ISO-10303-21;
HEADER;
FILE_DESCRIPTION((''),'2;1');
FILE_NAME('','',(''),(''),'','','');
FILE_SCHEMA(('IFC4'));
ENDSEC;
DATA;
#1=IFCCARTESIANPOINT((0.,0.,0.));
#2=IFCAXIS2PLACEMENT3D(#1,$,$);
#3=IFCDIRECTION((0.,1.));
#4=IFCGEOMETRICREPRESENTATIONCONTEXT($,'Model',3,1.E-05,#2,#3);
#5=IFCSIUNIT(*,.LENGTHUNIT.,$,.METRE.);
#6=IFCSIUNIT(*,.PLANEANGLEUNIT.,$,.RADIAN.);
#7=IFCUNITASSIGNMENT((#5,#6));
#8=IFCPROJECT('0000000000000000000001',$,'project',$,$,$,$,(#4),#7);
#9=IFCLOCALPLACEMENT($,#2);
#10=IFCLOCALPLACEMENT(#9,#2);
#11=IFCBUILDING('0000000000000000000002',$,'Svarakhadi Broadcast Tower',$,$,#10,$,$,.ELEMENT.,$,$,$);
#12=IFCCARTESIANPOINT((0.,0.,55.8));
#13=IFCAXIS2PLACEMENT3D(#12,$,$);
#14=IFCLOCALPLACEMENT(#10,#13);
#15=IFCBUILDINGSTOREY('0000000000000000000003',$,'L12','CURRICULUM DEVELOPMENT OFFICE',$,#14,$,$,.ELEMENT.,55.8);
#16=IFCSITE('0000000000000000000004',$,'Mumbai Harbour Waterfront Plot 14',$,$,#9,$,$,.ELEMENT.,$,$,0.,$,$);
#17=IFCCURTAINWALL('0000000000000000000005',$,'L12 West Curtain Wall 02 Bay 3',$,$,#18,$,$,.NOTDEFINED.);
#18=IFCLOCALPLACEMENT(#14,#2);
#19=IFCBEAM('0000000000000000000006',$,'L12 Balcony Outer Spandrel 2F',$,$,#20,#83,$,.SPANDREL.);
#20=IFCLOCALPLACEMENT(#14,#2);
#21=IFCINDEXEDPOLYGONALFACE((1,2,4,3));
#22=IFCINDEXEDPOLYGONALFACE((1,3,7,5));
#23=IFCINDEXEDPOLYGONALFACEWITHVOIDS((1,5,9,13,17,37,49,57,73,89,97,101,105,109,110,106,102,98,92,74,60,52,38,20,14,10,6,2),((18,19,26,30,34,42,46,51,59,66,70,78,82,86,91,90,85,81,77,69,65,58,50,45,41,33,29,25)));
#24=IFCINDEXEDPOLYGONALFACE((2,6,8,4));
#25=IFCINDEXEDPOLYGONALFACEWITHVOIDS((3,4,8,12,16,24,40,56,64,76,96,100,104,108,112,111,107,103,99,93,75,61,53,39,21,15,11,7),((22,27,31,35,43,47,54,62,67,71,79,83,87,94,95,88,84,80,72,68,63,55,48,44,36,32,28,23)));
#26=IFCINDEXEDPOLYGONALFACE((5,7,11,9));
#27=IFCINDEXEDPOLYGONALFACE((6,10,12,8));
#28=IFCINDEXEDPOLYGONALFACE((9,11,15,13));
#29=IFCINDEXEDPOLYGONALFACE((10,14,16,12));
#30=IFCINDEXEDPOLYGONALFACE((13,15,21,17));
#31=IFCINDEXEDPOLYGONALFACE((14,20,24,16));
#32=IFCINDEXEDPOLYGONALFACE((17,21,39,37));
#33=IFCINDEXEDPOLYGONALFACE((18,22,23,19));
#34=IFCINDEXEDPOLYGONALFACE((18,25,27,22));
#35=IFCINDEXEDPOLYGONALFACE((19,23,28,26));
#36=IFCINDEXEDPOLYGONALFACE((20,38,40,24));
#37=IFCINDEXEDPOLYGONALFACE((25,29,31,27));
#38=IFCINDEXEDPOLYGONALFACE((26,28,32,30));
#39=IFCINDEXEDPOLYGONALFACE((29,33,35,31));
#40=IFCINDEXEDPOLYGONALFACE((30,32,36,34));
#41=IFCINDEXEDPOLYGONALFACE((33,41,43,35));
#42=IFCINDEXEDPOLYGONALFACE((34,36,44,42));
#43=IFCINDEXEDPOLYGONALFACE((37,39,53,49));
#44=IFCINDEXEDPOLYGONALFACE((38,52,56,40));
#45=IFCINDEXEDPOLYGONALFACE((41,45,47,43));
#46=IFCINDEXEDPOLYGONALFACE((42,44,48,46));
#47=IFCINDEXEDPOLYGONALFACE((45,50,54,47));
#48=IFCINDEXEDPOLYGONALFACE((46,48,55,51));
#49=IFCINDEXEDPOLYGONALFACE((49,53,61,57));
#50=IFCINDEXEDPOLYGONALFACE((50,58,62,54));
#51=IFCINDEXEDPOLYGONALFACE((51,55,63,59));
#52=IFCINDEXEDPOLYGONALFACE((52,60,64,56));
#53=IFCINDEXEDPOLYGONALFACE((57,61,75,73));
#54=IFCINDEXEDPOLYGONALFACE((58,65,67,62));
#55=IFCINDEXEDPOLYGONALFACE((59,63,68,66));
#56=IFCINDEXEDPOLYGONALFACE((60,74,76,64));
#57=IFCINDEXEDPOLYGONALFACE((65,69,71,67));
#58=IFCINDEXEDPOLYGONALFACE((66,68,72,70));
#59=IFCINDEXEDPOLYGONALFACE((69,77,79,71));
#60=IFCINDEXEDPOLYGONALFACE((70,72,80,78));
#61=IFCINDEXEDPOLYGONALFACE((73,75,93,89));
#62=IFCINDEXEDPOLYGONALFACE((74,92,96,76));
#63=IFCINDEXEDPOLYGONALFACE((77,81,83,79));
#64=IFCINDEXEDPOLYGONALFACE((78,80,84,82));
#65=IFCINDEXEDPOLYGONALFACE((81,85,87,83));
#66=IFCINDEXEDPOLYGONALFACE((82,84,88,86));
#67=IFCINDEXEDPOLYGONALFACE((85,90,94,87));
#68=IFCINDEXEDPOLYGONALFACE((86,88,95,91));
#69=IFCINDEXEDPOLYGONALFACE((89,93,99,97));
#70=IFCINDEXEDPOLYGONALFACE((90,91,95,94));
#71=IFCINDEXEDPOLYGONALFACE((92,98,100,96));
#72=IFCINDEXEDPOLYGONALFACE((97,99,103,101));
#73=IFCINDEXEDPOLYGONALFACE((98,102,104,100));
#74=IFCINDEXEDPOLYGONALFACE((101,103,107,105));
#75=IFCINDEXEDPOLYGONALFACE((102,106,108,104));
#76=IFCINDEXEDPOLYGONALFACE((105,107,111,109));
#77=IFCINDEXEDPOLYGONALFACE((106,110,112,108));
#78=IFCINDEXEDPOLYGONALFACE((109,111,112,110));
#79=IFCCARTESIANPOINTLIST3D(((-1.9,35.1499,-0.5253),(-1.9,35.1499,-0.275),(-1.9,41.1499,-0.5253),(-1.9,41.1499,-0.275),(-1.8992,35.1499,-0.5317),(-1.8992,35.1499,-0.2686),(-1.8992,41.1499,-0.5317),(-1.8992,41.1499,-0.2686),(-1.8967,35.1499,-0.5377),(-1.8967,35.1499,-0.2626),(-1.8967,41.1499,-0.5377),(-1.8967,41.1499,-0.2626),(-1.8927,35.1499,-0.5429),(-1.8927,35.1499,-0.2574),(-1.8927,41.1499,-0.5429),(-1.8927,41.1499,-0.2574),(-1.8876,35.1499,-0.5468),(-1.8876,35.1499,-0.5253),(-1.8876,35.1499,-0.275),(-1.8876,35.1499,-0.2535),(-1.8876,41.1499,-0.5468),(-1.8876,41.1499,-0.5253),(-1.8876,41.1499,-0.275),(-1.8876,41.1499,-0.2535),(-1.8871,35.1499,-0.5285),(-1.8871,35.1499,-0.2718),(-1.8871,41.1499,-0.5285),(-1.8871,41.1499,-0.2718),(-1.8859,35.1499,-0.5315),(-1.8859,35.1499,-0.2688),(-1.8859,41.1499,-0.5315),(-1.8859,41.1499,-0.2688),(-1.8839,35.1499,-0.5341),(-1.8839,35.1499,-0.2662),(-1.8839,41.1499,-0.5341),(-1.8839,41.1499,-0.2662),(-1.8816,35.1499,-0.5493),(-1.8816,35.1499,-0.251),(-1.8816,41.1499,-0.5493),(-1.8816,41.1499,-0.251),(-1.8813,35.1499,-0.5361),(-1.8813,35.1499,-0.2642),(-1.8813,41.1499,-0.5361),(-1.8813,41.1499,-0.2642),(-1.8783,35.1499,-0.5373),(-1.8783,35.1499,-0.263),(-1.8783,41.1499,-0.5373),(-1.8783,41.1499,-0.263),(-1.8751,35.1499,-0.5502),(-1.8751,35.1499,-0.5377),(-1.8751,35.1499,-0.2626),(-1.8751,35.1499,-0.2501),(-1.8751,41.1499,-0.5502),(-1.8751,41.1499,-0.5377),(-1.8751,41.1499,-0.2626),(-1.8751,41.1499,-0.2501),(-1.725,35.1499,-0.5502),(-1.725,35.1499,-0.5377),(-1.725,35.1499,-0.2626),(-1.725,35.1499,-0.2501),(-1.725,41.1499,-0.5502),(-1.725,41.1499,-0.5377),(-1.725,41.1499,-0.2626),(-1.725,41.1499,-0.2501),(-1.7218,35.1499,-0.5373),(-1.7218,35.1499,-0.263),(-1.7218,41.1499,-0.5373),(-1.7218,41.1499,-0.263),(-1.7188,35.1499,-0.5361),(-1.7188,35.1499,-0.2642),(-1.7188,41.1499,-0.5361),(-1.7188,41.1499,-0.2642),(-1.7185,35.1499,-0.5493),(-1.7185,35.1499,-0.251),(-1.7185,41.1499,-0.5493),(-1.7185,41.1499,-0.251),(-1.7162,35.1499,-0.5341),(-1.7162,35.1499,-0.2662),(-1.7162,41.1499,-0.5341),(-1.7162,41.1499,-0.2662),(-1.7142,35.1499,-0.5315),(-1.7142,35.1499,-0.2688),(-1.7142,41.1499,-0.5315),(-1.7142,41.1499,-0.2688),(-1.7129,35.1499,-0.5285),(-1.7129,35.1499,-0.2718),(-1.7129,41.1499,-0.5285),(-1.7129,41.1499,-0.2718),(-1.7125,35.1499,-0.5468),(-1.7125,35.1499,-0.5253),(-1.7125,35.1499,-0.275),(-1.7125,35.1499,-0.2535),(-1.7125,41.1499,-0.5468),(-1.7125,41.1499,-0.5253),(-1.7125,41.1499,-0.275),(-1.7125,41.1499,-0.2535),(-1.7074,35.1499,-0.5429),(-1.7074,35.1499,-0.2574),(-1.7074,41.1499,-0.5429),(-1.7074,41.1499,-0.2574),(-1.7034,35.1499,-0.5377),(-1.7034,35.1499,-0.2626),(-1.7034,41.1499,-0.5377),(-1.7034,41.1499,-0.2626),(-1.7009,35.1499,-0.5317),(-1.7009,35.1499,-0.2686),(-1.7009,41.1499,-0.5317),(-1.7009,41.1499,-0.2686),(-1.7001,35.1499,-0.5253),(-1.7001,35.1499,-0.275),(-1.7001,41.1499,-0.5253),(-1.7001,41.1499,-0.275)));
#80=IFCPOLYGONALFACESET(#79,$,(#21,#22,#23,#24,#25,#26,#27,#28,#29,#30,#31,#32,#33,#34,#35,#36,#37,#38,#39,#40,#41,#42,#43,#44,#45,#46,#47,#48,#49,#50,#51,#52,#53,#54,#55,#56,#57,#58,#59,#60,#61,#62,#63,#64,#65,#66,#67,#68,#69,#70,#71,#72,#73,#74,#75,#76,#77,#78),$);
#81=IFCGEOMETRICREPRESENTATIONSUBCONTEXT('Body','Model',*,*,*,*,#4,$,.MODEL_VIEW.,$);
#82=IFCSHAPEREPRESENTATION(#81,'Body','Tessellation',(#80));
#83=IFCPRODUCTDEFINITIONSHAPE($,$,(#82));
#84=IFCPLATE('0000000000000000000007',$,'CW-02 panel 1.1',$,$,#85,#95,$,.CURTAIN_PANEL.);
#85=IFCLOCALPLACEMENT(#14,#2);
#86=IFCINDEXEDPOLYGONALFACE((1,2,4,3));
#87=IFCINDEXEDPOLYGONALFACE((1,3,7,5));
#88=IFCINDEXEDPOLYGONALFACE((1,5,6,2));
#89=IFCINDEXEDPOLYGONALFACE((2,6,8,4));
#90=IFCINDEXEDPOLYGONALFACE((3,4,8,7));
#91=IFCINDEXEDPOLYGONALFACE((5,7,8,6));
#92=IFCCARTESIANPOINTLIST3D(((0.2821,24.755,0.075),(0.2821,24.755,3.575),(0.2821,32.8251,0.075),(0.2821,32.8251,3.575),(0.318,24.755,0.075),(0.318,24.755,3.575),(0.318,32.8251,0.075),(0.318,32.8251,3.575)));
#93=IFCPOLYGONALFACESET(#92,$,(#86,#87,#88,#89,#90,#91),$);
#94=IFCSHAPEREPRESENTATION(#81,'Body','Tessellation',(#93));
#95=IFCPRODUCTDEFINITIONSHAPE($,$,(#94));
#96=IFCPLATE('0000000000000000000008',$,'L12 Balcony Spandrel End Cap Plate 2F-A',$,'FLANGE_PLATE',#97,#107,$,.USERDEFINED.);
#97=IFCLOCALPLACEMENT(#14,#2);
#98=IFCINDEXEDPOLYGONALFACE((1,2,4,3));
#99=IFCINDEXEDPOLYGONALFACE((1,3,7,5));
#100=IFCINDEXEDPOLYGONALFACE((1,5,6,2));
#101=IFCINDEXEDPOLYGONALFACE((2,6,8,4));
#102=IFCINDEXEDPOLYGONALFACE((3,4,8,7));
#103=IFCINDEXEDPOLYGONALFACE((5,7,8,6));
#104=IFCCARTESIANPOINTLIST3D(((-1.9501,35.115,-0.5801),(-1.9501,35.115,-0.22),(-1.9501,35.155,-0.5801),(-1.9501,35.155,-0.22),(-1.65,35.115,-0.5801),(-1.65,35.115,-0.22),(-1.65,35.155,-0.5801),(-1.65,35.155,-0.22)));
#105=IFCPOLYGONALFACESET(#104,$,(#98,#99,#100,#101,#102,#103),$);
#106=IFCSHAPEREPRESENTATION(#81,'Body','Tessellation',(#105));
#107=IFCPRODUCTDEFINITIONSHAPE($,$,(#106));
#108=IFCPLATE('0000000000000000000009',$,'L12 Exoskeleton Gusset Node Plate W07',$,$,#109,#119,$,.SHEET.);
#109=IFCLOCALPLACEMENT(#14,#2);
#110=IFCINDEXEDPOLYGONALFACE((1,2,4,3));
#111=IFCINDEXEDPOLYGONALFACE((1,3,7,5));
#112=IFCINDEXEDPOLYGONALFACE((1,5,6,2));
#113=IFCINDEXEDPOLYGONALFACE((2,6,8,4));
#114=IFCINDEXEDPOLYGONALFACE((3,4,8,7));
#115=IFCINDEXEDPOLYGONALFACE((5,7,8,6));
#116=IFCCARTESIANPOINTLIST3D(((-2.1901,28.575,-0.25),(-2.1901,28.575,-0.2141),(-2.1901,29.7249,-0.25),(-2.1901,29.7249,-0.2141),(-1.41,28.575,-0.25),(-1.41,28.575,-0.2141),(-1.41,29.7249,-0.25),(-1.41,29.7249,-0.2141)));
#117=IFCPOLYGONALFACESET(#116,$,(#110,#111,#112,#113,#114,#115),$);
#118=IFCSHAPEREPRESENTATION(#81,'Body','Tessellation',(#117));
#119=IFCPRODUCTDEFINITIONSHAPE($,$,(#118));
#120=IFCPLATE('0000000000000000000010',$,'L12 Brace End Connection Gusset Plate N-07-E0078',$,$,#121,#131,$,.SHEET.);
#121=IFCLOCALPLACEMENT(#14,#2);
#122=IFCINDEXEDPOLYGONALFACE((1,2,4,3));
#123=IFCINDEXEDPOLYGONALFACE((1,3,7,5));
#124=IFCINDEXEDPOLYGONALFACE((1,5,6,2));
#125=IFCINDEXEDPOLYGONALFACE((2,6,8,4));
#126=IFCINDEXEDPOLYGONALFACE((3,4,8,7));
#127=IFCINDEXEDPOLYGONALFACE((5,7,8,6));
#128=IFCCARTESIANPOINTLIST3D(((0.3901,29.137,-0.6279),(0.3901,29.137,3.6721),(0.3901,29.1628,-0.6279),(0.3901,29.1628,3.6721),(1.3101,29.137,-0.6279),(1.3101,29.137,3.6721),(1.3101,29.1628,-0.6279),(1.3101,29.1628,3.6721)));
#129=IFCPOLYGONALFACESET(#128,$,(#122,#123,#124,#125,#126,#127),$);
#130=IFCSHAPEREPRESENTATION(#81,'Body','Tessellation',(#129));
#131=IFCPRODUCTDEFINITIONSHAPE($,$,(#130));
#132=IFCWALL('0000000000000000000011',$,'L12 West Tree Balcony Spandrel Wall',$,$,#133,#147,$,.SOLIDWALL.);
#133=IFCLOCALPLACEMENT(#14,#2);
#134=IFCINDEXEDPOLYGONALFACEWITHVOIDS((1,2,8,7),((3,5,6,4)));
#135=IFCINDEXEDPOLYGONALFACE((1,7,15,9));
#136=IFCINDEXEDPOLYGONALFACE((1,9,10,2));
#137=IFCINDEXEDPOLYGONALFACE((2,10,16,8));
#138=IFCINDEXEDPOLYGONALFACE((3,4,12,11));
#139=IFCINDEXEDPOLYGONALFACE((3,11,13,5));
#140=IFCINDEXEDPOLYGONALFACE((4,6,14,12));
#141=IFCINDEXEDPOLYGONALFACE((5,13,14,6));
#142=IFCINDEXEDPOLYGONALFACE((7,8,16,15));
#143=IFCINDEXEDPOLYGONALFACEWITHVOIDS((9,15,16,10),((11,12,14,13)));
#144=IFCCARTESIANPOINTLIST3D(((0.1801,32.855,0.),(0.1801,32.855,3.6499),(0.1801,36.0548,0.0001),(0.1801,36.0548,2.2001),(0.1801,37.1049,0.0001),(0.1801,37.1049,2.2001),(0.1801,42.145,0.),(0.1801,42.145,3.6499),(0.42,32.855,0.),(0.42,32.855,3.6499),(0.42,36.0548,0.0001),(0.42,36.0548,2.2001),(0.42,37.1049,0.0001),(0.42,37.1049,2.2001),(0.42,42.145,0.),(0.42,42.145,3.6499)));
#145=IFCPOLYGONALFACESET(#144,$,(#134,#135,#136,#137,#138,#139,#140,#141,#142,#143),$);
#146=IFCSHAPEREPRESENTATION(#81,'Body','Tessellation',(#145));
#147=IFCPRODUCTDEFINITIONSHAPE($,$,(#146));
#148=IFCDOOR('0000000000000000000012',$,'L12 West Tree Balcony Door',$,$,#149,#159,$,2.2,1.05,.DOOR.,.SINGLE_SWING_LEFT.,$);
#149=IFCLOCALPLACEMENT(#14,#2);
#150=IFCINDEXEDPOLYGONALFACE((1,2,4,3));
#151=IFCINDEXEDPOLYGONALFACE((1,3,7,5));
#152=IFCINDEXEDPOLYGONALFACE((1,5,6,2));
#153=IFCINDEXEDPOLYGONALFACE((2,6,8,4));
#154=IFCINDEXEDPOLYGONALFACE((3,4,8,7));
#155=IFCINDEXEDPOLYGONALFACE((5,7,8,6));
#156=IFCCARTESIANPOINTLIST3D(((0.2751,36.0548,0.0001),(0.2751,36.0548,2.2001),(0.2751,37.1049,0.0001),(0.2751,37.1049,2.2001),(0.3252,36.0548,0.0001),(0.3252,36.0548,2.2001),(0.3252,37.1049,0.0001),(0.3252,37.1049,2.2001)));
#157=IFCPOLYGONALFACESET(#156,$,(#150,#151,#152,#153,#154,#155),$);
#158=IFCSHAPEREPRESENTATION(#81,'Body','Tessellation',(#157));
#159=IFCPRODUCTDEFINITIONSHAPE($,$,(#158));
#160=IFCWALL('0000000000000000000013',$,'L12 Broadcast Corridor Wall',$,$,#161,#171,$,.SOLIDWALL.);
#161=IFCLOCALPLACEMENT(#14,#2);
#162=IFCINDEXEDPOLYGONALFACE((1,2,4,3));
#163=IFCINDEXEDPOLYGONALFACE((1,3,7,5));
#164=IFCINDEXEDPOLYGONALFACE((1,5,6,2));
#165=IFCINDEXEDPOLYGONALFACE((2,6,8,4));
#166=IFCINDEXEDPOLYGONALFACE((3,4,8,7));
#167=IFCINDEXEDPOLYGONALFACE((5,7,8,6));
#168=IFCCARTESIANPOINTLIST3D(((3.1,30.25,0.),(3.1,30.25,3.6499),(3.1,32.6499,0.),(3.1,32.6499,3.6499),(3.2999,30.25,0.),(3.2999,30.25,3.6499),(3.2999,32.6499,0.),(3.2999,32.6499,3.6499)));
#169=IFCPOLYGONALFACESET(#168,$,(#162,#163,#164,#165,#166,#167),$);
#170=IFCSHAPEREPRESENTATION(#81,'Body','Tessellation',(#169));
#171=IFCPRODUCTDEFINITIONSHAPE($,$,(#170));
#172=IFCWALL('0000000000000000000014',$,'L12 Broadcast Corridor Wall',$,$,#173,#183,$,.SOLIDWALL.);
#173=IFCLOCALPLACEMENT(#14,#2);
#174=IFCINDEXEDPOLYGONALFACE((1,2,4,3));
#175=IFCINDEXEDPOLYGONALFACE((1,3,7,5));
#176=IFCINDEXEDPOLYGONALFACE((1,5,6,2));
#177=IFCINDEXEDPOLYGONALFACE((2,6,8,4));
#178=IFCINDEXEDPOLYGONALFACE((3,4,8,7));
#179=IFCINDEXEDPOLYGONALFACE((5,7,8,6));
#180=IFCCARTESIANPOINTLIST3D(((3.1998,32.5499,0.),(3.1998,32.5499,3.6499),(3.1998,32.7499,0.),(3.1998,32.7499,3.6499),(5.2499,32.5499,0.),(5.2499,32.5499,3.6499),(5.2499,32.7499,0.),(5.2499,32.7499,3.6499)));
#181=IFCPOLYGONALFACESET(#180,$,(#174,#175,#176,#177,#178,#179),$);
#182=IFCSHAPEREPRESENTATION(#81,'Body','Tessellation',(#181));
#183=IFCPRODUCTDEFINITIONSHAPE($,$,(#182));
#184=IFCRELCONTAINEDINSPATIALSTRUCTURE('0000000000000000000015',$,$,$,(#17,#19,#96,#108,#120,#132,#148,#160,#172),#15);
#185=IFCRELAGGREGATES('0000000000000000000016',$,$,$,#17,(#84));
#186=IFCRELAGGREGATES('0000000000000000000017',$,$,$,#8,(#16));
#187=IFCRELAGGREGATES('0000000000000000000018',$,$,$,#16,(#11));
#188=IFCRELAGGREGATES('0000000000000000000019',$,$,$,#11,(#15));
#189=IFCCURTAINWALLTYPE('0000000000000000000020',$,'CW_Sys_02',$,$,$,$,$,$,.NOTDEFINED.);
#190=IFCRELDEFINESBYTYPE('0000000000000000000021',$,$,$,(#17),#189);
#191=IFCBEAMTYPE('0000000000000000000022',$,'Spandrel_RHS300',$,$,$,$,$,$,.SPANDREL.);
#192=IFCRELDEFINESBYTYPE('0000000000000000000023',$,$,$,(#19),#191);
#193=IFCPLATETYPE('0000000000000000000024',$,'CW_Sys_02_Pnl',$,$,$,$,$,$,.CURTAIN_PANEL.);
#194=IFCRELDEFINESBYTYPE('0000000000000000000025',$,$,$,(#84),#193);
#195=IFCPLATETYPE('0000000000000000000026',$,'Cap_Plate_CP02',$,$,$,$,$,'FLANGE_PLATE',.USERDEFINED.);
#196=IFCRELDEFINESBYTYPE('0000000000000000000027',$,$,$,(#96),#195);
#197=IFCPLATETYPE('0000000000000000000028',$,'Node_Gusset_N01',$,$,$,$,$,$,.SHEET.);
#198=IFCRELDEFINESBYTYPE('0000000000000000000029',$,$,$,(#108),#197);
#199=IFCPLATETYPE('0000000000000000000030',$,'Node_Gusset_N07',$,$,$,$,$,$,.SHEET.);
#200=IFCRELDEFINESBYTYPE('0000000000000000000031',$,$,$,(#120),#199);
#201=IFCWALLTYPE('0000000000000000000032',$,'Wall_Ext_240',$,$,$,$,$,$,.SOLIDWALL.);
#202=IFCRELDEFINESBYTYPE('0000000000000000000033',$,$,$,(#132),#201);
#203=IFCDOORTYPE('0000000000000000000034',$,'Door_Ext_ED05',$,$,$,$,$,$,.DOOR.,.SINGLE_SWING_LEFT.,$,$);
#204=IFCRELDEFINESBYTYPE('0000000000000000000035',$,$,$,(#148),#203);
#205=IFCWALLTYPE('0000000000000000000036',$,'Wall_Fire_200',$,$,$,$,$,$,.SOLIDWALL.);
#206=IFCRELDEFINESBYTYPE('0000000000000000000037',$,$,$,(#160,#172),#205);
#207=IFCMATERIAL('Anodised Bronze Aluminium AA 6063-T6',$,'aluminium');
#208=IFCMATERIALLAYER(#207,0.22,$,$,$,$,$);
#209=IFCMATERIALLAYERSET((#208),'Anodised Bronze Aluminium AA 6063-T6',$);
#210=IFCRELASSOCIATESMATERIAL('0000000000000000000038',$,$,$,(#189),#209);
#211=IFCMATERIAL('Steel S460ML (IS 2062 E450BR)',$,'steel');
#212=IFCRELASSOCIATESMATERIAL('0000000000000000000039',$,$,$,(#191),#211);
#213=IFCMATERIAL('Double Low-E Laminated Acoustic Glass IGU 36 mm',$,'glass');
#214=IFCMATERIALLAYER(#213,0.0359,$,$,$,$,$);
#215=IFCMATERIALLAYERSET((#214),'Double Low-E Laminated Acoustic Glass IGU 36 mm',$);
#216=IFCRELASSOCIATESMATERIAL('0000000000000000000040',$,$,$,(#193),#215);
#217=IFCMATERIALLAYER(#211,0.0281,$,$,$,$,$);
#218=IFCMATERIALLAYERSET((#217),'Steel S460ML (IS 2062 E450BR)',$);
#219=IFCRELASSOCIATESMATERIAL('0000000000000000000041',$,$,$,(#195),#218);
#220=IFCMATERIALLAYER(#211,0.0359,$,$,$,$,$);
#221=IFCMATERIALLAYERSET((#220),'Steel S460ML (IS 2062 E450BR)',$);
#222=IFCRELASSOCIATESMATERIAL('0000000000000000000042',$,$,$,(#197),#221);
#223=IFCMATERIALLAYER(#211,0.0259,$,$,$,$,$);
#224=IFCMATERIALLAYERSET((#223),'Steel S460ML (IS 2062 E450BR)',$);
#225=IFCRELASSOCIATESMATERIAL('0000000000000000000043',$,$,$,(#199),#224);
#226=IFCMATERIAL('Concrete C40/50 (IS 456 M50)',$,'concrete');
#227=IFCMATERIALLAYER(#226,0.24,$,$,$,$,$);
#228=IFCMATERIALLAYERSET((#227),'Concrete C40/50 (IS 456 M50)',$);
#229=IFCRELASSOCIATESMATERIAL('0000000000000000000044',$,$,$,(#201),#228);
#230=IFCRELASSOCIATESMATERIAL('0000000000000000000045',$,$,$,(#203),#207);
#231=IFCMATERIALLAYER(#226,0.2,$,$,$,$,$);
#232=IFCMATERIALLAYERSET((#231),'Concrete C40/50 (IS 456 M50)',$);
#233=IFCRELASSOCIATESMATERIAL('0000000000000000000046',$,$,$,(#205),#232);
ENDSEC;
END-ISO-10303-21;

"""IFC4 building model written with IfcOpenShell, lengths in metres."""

from ifc_helpers import new_model, si_unit, direction, frame, frame_2d, origin, origin_2d, place, context, subcontext, project, spatial, rectangle, hollow_rectangle, extrude, material, layer, layer_set, material_profile, profile_set, type_object, element, fill, aggregate, save


model = new_model("IFC4")

# Units and contexts
model_context = context("Model", 3, precision=1e-05, world=origin(), true_north=direction((0.0, 1.0)))
body_context = subcontext(model_context, "Body", "Model", "MODEL_VIEW")
ifc_project = project(units=[si_unit("LENGTHUNIT", "METRE"), si_unit("PLANEANGLEUNIT", "RADIAN")], contexts=[model_context])

# Site, building, storey
site_placement = place(None, origin())
site = spatial("IfcSite", under=ifc_project, at=site_placement, Name="Mumbai Harbour Waterfront Plot 14", CompositionType="ELEMENT", RefElevation=0.0)
building_placement = place(site_placement, origin())
building = spatial("IfcBuilding", under=site, at=building_placement, Name="Svarakhadi Broadcast Tower", CompositionType="ELEMENT")
storey_placement = place(building_placement, frame((0.0, 0.0, 55.8)))
storey = spatial("IfcBuildingStorey", under=building, at=storey_placement, Name="L12", Description="CURRICULUM DEVELOPMENT OFFICE", CompositionType="ELEMENT", Elevation=55.8)

# Shared definitions
ifc_material_1 = material(Name="Steel S460ML (IS 2062 E450BR)", Category="steel")

# Curtain wall
ifc_material_2 = material(Name="Anodised Bronze Aluminium AA 6063-T6", Category="aluminium")
ifc_layer_1 = layer(ifc_material_2, 0.22)
ifc_layer_set_1 = layer_set([ifc_layer_1], Name="Anodised Bronze Aluminium AA 6063-T6")
curtain_wall_type = type_object("IfcCurtainWallType", Name="CW_Sys_02", PredefinedType="NOTDEFINED", material=ifc_layer_set_1)
curtain_wall_placement = place(storey_placement, origin())
curtain_wall = element("IfcCurtainWall", 1, at=curtain_wall_placement, inside=storey, type_object=curtain_wall_type, Name="L12 West Curtain Wall 02 Bay 3", PredefinedType="NOTDEFINED")

# Beam
ifc_material_profile_1 = material_profile(ifc_material_1, hollow_rectangle(XDim=0.2, YDim=0.3, WallThickness=0.0125, InnerFilletRadius=0.0125, OuterFilletRadius=0.0249, at=origin_2d()), Name="RHS 300x200x12.5")
ifc_profile_set_1 = profile_set([ifc_material_profile_1], Name="Steel S460ML (IS 2062 E450BR)")
beam_type_1 = type_object("IfcBeamType", Name="Spandrel_RHS300", PredefinedType="SPANDREL", material=ifc_profile_set_1)
beam_1_placement = place(storey_placement, frame((-1.8, 35.1499, -0.4001), z_axis=(0.0, 1.0, 0.0), x_axis=(-1.0, 0.0, 0.0)))
element("IfcBeam", 2, at=beam_1_placement, inside=storey, type_object=beam_type_1, Name="L12 Balcony Outer Spandrel 2F", PredefinedType="SPANDREL", context=body_context, shape_type="SweptSolid", body=[
    extrude(hollow_rectangle(XDim=0.2, YDim=0.3, WallThickness=0.0125, InnerFilletRadius=0.0125, OuterFilletRadius=0.0249, at=origin_2d()), origin(), (0.0, 0.0, 1.0), 6.0),
])

# Plate
ifc_material_3 = material(Name="Double Low-E Laminated Acoustic Glass IGU 36 mm", Category="glass")
ifc_layer_2 = layer(ifc_material_3, 0.0359)
ifc_layer_set_2 = layer_set([ifc_layer_2], Name="Double Low-E Laminated Acoustic Glass IGU 36 mm")
plate_type_1 = type_object("IfcPlateType", Name="CW_Sys_02_Pnl", PredefinedType="CURTAIN_PANEL", material=ifc_layer_set_2)
plate_1_placement = place(storey_placement, frame((0.3, 28.79, 0.075), z_axis=(0.0, 0.0, 1.0), x_axis=(0.0, 1.0, 0.0)))
plate_1 = element("IfcPlate", 3, at=plate_1_placement, type_object=plate_type_1, Name="CW-02 panel 1.1", PredefinedType="CURTAIN_PANEL", context=body_context, shape_type="SweptSolid", body=[
    extrude(rectangle(XDim=8.0701, YDim=0.0359, at=origin_2d()), origin(), (0.0, 0.0, 1.0), 3.5),
])
aggregate(curtain_wall, [plate_1])

# Plates
ifc_layer_3 = layer(ifc_material_1, 0.0281)
ifc_layer_set_3 = layer_set([ifc_layer_3], Name="Steel S460ML (IS 2062 E450BR)")
plate_type_2 = type_object("IfcPlateType", Name="Cap_Plate_CP02", ElementType="FLANGE_PLATE", PredefinedType="USERDEFINED", material=ifc_layer_set_3)
plate_2_placement = place(storey_placement, frame((-1.8, 35.135, -0.5801), z_axis=(0.0, 0.0, 1.0), x_axis=(1.0, 0.0, 0.0)))
element("IfcPlate", 4, at=plate_2_placement, inside=storey, type_object=plate_type_2, Name="L12 Balcony Spandrel End Cap Plate 2F-A", ObjectType="FLANGE_PLATE", PredefinedType="USERDEFINED", context=body_context, shape_type="SweptSolid", body=[
    extrude(rectangle(XDim=0.3, YDim=0.04, at=origin_2d()), origin(), (0.0, 0.0, 1.0), 0.3601),
])
ifc_layer_4 = layer(ifc_material_1, 0.0359)
ifc_layer_set_4 = layer_set([ifc_layer_4], Name="Steel S460ML (IS 2062 E450BR)")
plate_type_3 = type_object("IfcPlateType", Name="Node_Gusset_N01", PredefinedType="SHEET", material=ifc_layer_set_4)
plate_3_placement = place(storey_placement, frame((-1.8, 29.1499, -0.25), z_axis=(0.0, 0.0, 1.0), x_axis=(0.0, 1.0, 0.0)))
element("IfcPlate", 5, at=plate_3_placement, inside=storey, type_object=plate_type_3, Name="L12 Exoskeleton Gusset Node Plate W07", PredefinedType="SHEET", context=body_context, shape_type="SweptSolid", body=[
    extrude(rectangle(XDim=1.1499, YDim=0.78, at=origin_2d()), origin(), (0.0, 0.0, 1.0), 0.0359),
])
ifc_layer_5 = layer(ifc_material_1, 0.0259)
ifc_layer_set_5 = layer_set([ifc_layer_5], Name="Steel S460ML (IS 2062 E450BR)")
plate_type_4 = type_object("IfcPlateType", Name="Node_Gusset_N07", PredefinedType="SHEET", material=ifc_layer_set_5)
plate_4_placement = place(storey_placement, frame((0.8501, 29.1499, -0.6279), z_axis=(0.0, 0.0, 1.0), x_axis=(1.0, 0.0, 0.0)))
element("IfcPlate", 6, at=plate_4_placement, inside=storey, type_object=plate_type_4, Name="L12 Brace End Connection Gusset Plate N-07-E0078", PredefinedType="SHEET", context=body_context, shape_type="SweptSolid", body=[
    extrude(rectangle(XDim=0.9199, YDim=0.0259, at=origin_2d()), origin(), (0.0, 0.0, 1.0), 4.3),
])

# Wall, opening, door
ifc_material_4 = material(Name="Concrete C40/50 (IS 456 M50)", Category="concrete")
ifc_layer_6 = layer(ifc_material_4, 0.24)
ifc_layer_set_6 = layer_set([ifc_layer_6], Name="Concrete C40/50 (IS 456 M50)")
wall_type_1 = type_object("IfcWallType", Name="Wall_Ext_240", PredefinedType="SOLIDWALL", material=ifc_layer_set_6)
wall_1_placement = place(storey_placement, frame((0.3, 32.855, 0.0), z_axis=(0.0, 0.0, 1.0), x_axis=(0.0, 1.0, 0.0)))
wall_1 = element("IfcWall", 7, at=wall_1_placement, inside=storey, type_object=wall_type_1, Name="L12 West Tree Balcony Spandrel Wall", PredefinedType="SOLIDWALL", context=body_context, shape_type="SweptSolid", body=[
    extrude(rectangle(XDim=9.29, YDim=0.24, at=frame_2d((4.645, 0.0))), origin(), (0.0, 0.0, 1.0), 3.6499),
])
opening_1_placement = place(wall_1_placement, frame((3.2, 0.0, 0.0)))
opening_1 = element("IfcOpeningElement", 8, at=opening_1_placement, cuts=wall_1, PredefinedType="OPENING", context=body_context, shape_type="SweptSolid", body=[
    extrude(rectangle(XDim=1.05, YDim=2.2, at=frame_2d((0.5249, 1.1001))), frame((0.0, 0.1299, 0.0), z_axis=(0.0, -1.0, 0.0), x_axis=(1.0, 0.0, 0.0)), (0.0, 0.0, 1.0), 0.26),
])
door_type_1 = type_object("IfcDoorType", Name="Door_Ext_ED05", OperationType="SINGLE_SWING_LEFT", PredefinedType="DOOR", material=ifc_material_2)
door_1_placement = place(opening_1_placement, origin())
door_1 = element("IfcDoor", 9, at=door_1_placement, inside=storey, type_object=door_type_1, Name="L12 West Tree Balcony Door", OperationType="SINGLE_SWING_LEFT", OverallHeight=2.2, OverallWidth=1.05, PredefinedType="DOOR", context=body_context, shape_type="SweptSolid", body=[
    extrude(rectangle(XDim=1.05, YDim=2.2, at=frame_2d((0.5249, 1.1001))), frame((0.0, 0.0249, 0.0), z_axis=(0.0, -1.0, 0.0), x_axis=(1.0, 0.0, 0.0)), (0.0, 0.0, 1.0), 0.05),
])
fill(opening_1, door_1)

# Walls
ifc_layer_7 = layer(ifc_material_4, 0.2)
ifc_layer_set_7 = layer_set([ifc_layer_7], Name="Concrete C40/50 (IS 456 M50)")
wall_type_2 = type_object("IfcWallType", Name="Wall_Fire_200", PredefinedType="SOLIDWALL", material=ifc_layer_set_7)
wall_2_placement = place(storey_placement, frame((3.2, 30.25, 0.0), z_axis=(0.0, 0.0, 1.0), x_axis=(0.0, 1.0, 0.0)))
element("IfcWall", 10, at=wall_2_placement, inside=storey, type_object=wall_type_2, Name="L12 Broadcast Corridor Wall", PredefinedType="SOLIDWALL", context=body_context, shape_type="SweptSolid", body=[
    extrude(rectangle(XDim=2.3999, YDim=0.2, at=frame_2d((1.2, 0.0))), origin(), (0.0, 0.0, 1.0), 3.6499),
])
wall_3_placement = place(storey_placement, frame((3.2, 32.6499, 0.0), z_axis=(0.0, 0.0, 1.0), x_axis=(1.0, 0.0, 0.0)))
element("IfcWall", 11, at=wall_3_placement, inside=storey, type_object=wall_type_2, Name="L12 Broadcast Corridor Wall", PredefinedType="SOLIDWALL", context=body_context, shape_type="SweptSolid", body=[
    extrude(rectangle(XDim=2.05, YDim=0.2, at=frame_2d((1.0249, 0.0))), origin(), (0.0, 0.0, 1.0), 3.6499),
])

save(model, "model.ifc")
